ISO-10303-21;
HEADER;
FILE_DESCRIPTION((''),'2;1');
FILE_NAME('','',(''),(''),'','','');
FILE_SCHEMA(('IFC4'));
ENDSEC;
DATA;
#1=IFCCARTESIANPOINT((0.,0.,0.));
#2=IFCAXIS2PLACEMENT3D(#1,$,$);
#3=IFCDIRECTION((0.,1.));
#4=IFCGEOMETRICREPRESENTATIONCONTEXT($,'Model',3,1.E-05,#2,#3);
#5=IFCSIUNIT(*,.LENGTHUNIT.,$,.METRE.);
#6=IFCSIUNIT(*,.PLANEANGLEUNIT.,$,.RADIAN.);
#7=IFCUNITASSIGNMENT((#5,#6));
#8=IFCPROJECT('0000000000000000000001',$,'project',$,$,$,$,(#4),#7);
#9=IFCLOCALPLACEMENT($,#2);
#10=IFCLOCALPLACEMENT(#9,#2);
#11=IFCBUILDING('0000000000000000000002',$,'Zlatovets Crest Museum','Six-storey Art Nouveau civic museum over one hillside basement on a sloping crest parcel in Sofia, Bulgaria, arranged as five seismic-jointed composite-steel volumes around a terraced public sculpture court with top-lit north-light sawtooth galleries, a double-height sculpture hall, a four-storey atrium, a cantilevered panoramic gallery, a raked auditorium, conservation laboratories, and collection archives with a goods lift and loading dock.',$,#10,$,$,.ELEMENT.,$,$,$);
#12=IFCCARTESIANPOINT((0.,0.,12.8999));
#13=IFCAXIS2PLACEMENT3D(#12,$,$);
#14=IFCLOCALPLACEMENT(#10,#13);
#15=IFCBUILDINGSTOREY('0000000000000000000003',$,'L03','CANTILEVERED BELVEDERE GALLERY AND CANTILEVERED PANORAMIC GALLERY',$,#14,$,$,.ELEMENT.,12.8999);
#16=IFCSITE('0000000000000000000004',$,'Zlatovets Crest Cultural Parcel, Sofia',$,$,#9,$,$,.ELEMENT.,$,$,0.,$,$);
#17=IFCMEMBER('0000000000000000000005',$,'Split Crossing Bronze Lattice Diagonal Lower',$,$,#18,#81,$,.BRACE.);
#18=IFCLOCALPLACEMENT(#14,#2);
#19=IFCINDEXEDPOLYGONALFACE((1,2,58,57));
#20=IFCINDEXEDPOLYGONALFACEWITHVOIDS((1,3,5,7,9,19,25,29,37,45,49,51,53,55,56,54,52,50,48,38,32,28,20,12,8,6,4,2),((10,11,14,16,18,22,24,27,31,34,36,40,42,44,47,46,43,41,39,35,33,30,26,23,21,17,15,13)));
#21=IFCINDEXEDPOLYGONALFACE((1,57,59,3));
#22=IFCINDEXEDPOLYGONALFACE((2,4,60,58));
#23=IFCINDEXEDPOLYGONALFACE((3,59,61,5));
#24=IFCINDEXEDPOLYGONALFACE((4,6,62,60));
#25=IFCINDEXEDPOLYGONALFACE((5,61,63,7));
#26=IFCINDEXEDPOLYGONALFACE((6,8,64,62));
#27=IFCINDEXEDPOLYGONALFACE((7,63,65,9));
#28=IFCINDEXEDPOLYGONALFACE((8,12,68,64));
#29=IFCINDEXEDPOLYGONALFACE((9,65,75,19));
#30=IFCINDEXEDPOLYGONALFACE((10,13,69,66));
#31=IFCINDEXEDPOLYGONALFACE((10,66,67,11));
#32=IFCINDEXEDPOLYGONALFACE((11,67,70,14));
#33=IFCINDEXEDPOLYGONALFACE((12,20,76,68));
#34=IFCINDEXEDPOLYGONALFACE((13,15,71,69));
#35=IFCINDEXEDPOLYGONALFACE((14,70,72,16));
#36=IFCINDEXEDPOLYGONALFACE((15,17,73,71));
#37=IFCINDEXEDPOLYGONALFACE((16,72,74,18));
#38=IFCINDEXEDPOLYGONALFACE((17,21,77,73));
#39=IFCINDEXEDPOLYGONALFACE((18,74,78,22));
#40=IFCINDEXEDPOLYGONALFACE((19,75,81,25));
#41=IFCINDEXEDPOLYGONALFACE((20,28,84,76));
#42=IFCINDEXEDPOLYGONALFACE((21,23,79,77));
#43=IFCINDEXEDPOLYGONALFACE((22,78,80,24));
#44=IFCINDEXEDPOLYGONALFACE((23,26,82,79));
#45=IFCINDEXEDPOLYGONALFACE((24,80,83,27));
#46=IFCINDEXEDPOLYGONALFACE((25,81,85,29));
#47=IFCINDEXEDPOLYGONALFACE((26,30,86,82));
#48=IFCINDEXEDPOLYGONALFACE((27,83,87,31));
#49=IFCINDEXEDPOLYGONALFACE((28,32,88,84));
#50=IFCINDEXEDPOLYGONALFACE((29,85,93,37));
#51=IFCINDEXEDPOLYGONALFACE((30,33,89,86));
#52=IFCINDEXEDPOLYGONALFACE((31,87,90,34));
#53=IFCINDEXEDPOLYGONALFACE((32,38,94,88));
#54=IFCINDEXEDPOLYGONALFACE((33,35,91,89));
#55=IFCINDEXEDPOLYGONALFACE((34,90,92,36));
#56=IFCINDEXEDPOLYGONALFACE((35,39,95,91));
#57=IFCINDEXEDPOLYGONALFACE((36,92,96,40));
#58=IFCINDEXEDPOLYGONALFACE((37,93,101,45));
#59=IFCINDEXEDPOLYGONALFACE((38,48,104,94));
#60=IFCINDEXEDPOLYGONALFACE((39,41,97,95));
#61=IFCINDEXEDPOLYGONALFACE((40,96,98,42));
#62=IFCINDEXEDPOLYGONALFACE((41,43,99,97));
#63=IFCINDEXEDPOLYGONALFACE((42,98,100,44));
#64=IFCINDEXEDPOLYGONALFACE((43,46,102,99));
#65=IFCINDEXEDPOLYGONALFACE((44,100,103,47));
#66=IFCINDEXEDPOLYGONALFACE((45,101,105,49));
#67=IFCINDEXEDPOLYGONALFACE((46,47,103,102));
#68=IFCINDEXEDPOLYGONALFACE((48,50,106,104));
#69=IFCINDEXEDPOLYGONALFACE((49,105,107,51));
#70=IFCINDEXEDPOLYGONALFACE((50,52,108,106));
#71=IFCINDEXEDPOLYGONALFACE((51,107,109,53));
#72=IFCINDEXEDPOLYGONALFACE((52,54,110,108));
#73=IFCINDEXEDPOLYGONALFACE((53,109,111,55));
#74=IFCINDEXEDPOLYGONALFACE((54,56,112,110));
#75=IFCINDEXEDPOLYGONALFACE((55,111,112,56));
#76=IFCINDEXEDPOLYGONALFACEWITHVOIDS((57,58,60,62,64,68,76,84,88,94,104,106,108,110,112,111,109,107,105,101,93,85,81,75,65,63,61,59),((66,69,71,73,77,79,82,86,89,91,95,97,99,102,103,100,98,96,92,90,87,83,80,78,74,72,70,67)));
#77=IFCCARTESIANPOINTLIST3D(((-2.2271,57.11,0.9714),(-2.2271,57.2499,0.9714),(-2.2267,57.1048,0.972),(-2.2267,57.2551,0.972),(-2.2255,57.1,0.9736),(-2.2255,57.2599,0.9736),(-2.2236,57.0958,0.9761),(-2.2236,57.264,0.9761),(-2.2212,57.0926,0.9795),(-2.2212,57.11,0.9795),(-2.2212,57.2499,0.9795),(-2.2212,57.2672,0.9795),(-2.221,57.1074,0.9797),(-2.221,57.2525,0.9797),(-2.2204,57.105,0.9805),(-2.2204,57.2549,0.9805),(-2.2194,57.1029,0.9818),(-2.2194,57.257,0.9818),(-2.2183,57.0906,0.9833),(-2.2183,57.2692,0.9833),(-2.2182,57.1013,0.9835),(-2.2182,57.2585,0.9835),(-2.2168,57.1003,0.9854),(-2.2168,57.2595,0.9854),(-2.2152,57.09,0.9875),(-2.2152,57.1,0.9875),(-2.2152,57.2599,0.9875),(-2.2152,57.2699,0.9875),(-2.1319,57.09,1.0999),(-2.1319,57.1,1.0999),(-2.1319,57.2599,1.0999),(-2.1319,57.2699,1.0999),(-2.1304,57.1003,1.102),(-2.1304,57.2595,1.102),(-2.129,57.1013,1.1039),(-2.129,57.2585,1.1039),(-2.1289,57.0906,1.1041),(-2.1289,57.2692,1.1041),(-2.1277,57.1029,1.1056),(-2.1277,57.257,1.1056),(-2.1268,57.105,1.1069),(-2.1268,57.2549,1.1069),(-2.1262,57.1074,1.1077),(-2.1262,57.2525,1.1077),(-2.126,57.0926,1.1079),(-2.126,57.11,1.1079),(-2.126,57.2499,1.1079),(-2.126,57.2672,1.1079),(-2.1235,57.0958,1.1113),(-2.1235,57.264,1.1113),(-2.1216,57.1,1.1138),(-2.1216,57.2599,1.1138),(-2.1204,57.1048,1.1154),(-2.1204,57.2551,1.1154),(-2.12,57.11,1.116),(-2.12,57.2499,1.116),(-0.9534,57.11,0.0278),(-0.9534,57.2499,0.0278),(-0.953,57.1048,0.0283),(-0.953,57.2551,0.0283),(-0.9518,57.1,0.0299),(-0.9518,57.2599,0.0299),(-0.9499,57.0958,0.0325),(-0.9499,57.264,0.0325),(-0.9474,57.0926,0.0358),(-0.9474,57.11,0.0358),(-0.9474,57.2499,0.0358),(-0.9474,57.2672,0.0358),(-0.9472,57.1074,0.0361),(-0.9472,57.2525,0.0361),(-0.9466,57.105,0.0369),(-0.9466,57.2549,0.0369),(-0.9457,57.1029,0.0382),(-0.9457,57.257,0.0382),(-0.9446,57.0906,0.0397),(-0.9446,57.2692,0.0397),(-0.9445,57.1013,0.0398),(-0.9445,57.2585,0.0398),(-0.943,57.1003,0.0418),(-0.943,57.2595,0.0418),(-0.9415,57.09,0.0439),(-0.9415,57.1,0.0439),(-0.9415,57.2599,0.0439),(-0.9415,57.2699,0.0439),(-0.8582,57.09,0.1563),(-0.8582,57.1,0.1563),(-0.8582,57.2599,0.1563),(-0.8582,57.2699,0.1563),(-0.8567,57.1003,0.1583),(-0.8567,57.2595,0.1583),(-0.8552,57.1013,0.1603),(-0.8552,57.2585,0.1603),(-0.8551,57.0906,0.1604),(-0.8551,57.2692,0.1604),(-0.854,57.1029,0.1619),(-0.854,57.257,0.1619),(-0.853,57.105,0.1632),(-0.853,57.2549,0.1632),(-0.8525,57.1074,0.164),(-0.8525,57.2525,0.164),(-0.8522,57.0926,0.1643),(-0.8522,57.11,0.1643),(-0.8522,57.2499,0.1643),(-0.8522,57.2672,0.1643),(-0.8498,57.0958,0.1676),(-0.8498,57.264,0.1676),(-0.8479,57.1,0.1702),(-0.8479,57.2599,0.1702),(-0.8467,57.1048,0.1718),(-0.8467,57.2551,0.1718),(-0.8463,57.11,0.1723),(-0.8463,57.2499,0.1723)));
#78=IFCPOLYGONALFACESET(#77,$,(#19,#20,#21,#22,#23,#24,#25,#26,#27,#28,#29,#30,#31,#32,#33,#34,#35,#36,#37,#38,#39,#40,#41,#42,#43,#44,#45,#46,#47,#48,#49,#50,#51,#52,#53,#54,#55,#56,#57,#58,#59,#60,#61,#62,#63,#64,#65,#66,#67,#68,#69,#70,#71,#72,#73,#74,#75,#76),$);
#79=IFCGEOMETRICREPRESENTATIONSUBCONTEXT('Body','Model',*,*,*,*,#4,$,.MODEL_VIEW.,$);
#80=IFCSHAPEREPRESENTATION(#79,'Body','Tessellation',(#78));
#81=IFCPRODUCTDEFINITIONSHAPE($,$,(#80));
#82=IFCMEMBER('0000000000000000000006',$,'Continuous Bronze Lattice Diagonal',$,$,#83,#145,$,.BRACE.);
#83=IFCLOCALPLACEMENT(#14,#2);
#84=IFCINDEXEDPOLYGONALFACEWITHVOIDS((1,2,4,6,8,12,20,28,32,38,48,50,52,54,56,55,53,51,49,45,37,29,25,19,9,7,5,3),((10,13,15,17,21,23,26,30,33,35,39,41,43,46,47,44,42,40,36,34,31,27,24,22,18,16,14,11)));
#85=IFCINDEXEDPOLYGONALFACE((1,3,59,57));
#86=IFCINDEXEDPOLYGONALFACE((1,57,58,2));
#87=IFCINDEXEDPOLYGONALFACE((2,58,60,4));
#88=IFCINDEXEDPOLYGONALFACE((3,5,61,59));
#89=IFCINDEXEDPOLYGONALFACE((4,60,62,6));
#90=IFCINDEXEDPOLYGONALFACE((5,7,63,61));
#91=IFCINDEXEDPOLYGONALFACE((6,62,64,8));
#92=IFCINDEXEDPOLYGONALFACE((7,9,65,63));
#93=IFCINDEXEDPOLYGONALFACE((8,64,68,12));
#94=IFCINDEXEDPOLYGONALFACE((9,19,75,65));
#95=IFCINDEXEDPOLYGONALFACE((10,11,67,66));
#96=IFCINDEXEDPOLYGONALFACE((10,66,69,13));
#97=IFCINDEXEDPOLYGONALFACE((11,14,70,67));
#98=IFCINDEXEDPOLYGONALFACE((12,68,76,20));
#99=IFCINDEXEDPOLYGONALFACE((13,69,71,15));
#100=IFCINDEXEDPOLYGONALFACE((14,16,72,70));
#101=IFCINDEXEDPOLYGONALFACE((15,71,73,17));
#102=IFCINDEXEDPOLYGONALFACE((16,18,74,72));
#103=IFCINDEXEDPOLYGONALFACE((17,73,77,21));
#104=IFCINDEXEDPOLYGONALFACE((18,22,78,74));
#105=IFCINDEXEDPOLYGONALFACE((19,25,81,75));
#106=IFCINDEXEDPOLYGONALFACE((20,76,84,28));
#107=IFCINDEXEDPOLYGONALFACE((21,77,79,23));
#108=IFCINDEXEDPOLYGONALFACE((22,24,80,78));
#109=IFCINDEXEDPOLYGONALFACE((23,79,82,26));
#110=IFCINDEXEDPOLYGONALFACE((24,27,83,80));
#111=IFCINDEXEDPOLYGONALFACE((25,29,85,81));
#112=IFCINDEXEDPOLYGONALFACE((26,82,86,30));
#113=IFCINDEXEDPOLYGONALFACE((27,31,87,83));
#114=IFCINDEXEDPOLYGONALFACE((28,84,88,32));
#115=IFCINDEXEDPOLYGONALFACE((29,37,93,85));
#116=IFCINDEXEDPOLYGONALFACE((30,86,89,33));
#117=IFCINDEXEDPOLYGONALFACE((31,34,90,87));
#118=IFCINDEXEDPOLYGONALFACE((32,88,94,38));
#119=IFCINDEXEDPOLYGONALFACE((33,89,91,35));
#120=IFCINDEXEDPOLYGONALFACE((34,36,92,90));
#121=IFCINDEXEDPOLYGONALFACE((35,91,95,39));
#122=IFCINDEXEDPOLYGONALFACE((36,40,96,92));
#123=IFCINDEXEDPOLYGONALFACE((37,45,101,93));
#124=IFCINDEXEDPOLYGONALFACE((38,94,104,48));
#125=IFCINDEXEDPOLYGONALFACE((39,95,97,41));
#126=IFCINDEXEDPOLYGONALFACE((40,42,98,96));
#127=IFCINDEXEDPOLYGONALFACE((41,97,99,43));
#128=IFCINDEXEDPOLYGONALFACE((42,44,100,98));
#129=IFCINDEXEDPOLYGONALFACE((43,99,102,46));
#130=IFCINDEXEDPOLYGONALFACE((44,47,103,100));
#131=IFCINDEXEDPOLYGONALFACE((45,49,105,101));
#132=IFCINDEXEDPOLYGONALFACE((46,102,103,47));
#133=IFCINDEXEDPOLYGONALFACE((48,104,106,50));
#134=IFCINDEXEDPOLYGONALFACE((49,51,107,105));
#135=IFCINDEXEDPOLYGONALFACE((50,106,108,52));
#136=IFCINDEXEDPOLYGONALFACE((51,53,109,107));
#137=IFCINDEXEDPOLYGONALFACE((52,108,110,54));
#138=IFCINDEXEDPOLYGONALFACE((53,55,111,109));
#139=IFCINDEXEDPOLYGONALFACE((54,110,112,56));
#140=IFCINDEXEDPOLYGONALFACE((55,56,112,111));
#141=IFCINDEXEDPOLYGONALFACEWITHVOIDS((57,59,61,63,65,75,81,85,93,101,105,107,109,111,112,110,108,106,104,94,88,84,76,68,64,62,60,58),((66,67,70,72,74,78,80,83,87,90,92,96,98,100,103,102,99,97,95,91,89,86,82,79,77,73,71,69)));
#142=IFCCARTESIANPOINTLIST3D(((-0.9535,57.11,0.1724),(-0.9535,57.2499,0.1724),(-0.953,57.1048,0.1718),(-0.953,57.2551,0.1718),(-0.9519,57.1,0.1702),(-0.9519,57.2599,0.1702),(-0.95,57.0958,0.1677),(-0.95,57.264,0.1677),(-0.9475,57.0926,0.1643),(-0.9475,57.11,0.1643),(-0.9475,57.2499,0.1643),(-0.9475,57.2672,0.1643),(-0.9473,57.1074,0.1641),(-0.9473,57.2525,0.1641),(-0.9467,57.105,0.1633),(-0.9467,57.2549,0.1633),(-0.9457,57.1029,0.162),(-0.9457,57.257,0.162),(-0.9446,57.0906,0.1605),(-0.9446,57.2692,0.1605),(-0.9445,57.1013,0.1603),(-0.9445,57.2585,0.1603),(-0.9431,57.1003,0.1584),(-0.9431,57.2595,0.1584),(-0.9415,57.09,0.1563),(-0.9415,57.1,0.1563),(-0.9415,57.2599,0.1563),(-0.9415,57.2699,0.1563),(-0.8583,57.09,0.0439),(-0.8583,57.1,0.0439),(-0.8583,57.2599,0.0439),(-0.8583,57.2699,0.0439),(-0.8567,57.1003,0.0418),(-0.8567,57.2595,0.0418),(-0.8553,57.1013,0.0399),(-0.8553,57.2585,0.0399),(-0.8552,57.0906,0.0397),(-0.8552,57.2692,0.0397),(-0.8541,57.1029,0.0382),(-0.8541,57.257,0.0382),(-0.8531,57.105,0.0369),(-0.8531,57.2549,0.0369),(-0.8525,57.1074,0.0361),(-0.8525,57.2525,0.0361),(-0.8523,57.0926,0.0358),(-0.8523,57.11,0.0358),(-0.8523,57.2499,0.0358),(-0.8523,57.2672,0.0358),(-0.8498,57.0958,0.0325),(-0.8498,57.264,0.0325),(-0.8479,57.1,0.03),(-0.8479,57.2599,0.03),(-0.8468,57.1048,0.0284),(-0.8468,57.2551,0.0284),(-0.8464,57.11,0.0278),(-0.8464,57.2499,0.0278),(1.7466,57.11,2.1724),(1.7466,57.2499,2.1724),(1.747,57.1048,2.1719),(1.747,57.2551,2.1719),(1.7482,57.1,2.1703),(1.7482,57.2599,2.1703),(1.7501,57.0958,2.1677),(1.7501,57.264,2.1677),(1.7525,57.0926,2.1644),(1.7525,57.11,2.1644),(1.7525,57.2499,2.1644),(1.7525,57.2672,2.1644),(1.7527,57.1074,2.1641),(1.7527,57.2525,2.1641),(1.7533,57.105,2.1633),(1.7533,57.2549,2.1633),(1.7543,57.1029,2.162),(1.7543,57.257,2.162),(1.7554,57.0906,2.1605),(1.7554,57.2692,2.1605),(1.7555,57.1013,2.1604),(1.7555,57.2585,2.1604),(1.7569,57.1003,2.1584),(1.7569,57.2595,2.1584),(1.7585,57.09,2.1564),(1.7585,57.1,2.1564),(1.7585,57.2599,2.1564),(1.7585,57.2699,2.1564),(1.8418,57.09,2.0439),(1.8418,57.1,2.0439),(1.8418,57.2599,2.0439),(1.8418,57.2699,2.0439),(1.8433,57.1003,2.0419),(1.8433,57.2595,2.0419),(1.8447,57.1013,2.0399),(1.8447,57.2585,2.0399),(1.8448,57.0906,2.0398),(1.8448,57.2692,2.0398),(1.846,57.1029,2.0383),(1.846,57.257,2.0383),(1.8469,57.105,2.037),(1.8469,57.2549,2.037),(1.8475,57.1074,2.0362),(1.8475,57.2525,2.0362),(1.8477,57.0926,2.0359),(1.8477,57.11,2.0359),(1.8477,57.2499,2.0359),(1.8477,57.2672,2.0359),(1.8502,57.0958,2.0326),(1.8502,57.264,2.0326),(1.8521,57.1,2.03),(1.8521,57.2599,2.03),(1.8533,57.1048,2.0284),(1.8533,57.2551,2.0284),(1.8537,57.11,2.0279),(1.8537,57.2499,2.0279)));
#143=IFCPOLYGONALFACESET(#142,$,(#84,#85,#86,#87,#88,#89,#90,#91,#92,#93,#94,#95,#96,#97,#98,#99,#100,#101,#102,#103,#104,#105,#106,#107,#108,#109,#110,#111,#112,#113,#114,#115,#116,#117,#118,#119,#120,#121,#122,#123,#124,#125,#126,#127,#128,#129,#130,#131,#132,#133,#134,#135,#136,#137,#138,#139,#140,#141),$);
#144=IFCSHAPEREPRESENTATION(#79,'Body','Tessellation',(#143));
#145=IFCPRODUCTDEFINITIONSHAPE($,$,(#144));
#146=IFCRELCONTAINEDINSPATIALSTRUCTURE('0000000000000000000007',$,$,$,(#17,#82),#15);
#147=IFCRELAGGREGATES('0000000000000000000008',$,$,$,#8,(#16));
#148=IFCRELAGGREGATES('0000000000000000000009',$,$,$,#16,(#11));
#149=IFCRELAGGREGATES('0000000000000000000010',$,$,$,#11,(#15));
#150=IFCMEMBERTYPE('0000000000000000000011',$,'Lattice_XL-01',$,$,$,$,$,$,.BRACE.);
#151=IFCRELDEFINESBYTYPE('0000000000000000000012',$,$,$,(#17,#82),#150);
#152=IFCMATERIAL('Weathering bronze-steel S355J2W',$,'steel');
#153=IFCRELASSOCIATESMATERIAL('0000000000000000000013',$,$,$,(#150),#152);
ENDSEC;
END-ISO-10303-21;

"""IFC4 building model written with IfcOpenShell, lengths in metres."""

from ifc_helpers import new_model, si_unit, direction, frame, origin, origin_2d, place, context, subcontext, project, spatial, hollow_rectangle, extrude, material, material_profile, profile_set, type_object, element, save


model = new_model("IFC4")

# Units and contexts
model_context = context("Model", 3, precision=1e-05, world=origin(), true_north=direction((0.0, 1.0)))
body_context = subcontext(model_context, "Body", "Model", "MODEL_VIEW")
ifc_project = project(units=[si_unit("LENGTHUNIT", "METRE"), si_unit("PLANEANGLEUNIT", "RADIAN")], contexts=[model_context])

# Site, building, storey
site_placement = place(None, origin())
site = spatial("IfcSite", under=ifc_project, at=site_placement, Name="Zlatovets Crest Cultural Parcel, Sofia", CompositionType="ELEMENT", RefElevation=0.0)
building_placement = place(site_placement, origin())
building = spatial("IfcBuilding", under=site, at=building_placement, Name="Zlatovets Crest Museum", Description="Six-storey Art Nouveau civic museum over one hillside basement on a sloping crest parcel in Sofia, Bulgaria, arranged as five seismic-jointed composite-steel volumes around a terraced public sculpture court with top-lit north-light sawtooth galleries, a double-height sculpture hall, a four-storey atrium, a cantilevered panoramic gallery, a raked auditorium, conservation laboratories, and collection archives with a goods lift and loading dock.", CompositionType="ELEMENT")
storey_placement = place(building_placement, frame((0.0, 0.0, 12.8999)))
storey = spatial("IfcBuildingStorey", under=building, at=storey_placement, Name="L03", Description="CANTILEVERED BELVEDERE GALLERY AND CANTILEVERED PANORAMIC GALLERY", CompositionType="ELEMENT", Elevation=12.8999)

# Members
ifc_material_1 = material(Name="Weathering bronze-steel S355J2W", Category="steel")
ifc_material_profile_1 = material_profile(ifc_material_1, hollow_rectangle(XDim=0.1799, YDim=0.1799, WallThickness=0.01, InnerFilletRadius=0.01, OuterFilletRadius=0.02, at=origin_2d()), Name="SHS 180x180x10.0")
ifc_profile_set_1 = profile_set([ifc_material_profile_1], Name="Weathering bronze-steel S355J2W")
member_type_1 = type_object("IfcMemberType", Name="Lattice_XL-01", PredefinedType="BRACE", material=ifc_profile_set_1)
for number, where, z_axis, x_axis, name in (
    (1, (-2.1736, 57.1799, 1.0437), (0.803516, 0.0, -0.595283), (0.0, 1.0, 0.0), "Split Crossing Bronze Lattice Diagonal Lower"),
):
    element("IfcMember", number, at=place(storey_placement, frame(where, z_axis=z_axis, x_axis=x_axis)), inside=storey, type_object=member_type_1, Name=name, PredefinedType="BRACE", context=body_context, shape_type="SweptSolid", body=[
        extrude(hollow_rectangle(XDim=0.1799, YDim=0.1799, WallThickness=0.01, InnerFilletRadius=0.01, OuterFilletRadius=0.02, at=origin_2d()), origin(), (0.0, 0.0, 1.0), 1.5852),
    ])
member_1_placement = place(storey_placement, frame((-0.8999, 57.1799, 0.1001), z_axis=(0.803552, 0.0, 0.595235), x_axis=(0.0, 1.0, 0.0)))
element("IfcMember", 2, at=member_1_placement, inside=storey, type_object=member_type_1, Name="Continuous Bronze Lattice Diagonal", PredefinedType="BRACE", context=body_context, shape_type="SweptSolid", body=[
    extrude(hollow_rectangle(XDim=0.1799, YDim=0.1799, WallThickness=0.01, InnerFilletRadius=0.01, OuterFilletRadius=0.02, at=origin_2d()), origin(), (0.0, 0.0, 1.0), 3.3601),
])

save(model, "model.ifc")
